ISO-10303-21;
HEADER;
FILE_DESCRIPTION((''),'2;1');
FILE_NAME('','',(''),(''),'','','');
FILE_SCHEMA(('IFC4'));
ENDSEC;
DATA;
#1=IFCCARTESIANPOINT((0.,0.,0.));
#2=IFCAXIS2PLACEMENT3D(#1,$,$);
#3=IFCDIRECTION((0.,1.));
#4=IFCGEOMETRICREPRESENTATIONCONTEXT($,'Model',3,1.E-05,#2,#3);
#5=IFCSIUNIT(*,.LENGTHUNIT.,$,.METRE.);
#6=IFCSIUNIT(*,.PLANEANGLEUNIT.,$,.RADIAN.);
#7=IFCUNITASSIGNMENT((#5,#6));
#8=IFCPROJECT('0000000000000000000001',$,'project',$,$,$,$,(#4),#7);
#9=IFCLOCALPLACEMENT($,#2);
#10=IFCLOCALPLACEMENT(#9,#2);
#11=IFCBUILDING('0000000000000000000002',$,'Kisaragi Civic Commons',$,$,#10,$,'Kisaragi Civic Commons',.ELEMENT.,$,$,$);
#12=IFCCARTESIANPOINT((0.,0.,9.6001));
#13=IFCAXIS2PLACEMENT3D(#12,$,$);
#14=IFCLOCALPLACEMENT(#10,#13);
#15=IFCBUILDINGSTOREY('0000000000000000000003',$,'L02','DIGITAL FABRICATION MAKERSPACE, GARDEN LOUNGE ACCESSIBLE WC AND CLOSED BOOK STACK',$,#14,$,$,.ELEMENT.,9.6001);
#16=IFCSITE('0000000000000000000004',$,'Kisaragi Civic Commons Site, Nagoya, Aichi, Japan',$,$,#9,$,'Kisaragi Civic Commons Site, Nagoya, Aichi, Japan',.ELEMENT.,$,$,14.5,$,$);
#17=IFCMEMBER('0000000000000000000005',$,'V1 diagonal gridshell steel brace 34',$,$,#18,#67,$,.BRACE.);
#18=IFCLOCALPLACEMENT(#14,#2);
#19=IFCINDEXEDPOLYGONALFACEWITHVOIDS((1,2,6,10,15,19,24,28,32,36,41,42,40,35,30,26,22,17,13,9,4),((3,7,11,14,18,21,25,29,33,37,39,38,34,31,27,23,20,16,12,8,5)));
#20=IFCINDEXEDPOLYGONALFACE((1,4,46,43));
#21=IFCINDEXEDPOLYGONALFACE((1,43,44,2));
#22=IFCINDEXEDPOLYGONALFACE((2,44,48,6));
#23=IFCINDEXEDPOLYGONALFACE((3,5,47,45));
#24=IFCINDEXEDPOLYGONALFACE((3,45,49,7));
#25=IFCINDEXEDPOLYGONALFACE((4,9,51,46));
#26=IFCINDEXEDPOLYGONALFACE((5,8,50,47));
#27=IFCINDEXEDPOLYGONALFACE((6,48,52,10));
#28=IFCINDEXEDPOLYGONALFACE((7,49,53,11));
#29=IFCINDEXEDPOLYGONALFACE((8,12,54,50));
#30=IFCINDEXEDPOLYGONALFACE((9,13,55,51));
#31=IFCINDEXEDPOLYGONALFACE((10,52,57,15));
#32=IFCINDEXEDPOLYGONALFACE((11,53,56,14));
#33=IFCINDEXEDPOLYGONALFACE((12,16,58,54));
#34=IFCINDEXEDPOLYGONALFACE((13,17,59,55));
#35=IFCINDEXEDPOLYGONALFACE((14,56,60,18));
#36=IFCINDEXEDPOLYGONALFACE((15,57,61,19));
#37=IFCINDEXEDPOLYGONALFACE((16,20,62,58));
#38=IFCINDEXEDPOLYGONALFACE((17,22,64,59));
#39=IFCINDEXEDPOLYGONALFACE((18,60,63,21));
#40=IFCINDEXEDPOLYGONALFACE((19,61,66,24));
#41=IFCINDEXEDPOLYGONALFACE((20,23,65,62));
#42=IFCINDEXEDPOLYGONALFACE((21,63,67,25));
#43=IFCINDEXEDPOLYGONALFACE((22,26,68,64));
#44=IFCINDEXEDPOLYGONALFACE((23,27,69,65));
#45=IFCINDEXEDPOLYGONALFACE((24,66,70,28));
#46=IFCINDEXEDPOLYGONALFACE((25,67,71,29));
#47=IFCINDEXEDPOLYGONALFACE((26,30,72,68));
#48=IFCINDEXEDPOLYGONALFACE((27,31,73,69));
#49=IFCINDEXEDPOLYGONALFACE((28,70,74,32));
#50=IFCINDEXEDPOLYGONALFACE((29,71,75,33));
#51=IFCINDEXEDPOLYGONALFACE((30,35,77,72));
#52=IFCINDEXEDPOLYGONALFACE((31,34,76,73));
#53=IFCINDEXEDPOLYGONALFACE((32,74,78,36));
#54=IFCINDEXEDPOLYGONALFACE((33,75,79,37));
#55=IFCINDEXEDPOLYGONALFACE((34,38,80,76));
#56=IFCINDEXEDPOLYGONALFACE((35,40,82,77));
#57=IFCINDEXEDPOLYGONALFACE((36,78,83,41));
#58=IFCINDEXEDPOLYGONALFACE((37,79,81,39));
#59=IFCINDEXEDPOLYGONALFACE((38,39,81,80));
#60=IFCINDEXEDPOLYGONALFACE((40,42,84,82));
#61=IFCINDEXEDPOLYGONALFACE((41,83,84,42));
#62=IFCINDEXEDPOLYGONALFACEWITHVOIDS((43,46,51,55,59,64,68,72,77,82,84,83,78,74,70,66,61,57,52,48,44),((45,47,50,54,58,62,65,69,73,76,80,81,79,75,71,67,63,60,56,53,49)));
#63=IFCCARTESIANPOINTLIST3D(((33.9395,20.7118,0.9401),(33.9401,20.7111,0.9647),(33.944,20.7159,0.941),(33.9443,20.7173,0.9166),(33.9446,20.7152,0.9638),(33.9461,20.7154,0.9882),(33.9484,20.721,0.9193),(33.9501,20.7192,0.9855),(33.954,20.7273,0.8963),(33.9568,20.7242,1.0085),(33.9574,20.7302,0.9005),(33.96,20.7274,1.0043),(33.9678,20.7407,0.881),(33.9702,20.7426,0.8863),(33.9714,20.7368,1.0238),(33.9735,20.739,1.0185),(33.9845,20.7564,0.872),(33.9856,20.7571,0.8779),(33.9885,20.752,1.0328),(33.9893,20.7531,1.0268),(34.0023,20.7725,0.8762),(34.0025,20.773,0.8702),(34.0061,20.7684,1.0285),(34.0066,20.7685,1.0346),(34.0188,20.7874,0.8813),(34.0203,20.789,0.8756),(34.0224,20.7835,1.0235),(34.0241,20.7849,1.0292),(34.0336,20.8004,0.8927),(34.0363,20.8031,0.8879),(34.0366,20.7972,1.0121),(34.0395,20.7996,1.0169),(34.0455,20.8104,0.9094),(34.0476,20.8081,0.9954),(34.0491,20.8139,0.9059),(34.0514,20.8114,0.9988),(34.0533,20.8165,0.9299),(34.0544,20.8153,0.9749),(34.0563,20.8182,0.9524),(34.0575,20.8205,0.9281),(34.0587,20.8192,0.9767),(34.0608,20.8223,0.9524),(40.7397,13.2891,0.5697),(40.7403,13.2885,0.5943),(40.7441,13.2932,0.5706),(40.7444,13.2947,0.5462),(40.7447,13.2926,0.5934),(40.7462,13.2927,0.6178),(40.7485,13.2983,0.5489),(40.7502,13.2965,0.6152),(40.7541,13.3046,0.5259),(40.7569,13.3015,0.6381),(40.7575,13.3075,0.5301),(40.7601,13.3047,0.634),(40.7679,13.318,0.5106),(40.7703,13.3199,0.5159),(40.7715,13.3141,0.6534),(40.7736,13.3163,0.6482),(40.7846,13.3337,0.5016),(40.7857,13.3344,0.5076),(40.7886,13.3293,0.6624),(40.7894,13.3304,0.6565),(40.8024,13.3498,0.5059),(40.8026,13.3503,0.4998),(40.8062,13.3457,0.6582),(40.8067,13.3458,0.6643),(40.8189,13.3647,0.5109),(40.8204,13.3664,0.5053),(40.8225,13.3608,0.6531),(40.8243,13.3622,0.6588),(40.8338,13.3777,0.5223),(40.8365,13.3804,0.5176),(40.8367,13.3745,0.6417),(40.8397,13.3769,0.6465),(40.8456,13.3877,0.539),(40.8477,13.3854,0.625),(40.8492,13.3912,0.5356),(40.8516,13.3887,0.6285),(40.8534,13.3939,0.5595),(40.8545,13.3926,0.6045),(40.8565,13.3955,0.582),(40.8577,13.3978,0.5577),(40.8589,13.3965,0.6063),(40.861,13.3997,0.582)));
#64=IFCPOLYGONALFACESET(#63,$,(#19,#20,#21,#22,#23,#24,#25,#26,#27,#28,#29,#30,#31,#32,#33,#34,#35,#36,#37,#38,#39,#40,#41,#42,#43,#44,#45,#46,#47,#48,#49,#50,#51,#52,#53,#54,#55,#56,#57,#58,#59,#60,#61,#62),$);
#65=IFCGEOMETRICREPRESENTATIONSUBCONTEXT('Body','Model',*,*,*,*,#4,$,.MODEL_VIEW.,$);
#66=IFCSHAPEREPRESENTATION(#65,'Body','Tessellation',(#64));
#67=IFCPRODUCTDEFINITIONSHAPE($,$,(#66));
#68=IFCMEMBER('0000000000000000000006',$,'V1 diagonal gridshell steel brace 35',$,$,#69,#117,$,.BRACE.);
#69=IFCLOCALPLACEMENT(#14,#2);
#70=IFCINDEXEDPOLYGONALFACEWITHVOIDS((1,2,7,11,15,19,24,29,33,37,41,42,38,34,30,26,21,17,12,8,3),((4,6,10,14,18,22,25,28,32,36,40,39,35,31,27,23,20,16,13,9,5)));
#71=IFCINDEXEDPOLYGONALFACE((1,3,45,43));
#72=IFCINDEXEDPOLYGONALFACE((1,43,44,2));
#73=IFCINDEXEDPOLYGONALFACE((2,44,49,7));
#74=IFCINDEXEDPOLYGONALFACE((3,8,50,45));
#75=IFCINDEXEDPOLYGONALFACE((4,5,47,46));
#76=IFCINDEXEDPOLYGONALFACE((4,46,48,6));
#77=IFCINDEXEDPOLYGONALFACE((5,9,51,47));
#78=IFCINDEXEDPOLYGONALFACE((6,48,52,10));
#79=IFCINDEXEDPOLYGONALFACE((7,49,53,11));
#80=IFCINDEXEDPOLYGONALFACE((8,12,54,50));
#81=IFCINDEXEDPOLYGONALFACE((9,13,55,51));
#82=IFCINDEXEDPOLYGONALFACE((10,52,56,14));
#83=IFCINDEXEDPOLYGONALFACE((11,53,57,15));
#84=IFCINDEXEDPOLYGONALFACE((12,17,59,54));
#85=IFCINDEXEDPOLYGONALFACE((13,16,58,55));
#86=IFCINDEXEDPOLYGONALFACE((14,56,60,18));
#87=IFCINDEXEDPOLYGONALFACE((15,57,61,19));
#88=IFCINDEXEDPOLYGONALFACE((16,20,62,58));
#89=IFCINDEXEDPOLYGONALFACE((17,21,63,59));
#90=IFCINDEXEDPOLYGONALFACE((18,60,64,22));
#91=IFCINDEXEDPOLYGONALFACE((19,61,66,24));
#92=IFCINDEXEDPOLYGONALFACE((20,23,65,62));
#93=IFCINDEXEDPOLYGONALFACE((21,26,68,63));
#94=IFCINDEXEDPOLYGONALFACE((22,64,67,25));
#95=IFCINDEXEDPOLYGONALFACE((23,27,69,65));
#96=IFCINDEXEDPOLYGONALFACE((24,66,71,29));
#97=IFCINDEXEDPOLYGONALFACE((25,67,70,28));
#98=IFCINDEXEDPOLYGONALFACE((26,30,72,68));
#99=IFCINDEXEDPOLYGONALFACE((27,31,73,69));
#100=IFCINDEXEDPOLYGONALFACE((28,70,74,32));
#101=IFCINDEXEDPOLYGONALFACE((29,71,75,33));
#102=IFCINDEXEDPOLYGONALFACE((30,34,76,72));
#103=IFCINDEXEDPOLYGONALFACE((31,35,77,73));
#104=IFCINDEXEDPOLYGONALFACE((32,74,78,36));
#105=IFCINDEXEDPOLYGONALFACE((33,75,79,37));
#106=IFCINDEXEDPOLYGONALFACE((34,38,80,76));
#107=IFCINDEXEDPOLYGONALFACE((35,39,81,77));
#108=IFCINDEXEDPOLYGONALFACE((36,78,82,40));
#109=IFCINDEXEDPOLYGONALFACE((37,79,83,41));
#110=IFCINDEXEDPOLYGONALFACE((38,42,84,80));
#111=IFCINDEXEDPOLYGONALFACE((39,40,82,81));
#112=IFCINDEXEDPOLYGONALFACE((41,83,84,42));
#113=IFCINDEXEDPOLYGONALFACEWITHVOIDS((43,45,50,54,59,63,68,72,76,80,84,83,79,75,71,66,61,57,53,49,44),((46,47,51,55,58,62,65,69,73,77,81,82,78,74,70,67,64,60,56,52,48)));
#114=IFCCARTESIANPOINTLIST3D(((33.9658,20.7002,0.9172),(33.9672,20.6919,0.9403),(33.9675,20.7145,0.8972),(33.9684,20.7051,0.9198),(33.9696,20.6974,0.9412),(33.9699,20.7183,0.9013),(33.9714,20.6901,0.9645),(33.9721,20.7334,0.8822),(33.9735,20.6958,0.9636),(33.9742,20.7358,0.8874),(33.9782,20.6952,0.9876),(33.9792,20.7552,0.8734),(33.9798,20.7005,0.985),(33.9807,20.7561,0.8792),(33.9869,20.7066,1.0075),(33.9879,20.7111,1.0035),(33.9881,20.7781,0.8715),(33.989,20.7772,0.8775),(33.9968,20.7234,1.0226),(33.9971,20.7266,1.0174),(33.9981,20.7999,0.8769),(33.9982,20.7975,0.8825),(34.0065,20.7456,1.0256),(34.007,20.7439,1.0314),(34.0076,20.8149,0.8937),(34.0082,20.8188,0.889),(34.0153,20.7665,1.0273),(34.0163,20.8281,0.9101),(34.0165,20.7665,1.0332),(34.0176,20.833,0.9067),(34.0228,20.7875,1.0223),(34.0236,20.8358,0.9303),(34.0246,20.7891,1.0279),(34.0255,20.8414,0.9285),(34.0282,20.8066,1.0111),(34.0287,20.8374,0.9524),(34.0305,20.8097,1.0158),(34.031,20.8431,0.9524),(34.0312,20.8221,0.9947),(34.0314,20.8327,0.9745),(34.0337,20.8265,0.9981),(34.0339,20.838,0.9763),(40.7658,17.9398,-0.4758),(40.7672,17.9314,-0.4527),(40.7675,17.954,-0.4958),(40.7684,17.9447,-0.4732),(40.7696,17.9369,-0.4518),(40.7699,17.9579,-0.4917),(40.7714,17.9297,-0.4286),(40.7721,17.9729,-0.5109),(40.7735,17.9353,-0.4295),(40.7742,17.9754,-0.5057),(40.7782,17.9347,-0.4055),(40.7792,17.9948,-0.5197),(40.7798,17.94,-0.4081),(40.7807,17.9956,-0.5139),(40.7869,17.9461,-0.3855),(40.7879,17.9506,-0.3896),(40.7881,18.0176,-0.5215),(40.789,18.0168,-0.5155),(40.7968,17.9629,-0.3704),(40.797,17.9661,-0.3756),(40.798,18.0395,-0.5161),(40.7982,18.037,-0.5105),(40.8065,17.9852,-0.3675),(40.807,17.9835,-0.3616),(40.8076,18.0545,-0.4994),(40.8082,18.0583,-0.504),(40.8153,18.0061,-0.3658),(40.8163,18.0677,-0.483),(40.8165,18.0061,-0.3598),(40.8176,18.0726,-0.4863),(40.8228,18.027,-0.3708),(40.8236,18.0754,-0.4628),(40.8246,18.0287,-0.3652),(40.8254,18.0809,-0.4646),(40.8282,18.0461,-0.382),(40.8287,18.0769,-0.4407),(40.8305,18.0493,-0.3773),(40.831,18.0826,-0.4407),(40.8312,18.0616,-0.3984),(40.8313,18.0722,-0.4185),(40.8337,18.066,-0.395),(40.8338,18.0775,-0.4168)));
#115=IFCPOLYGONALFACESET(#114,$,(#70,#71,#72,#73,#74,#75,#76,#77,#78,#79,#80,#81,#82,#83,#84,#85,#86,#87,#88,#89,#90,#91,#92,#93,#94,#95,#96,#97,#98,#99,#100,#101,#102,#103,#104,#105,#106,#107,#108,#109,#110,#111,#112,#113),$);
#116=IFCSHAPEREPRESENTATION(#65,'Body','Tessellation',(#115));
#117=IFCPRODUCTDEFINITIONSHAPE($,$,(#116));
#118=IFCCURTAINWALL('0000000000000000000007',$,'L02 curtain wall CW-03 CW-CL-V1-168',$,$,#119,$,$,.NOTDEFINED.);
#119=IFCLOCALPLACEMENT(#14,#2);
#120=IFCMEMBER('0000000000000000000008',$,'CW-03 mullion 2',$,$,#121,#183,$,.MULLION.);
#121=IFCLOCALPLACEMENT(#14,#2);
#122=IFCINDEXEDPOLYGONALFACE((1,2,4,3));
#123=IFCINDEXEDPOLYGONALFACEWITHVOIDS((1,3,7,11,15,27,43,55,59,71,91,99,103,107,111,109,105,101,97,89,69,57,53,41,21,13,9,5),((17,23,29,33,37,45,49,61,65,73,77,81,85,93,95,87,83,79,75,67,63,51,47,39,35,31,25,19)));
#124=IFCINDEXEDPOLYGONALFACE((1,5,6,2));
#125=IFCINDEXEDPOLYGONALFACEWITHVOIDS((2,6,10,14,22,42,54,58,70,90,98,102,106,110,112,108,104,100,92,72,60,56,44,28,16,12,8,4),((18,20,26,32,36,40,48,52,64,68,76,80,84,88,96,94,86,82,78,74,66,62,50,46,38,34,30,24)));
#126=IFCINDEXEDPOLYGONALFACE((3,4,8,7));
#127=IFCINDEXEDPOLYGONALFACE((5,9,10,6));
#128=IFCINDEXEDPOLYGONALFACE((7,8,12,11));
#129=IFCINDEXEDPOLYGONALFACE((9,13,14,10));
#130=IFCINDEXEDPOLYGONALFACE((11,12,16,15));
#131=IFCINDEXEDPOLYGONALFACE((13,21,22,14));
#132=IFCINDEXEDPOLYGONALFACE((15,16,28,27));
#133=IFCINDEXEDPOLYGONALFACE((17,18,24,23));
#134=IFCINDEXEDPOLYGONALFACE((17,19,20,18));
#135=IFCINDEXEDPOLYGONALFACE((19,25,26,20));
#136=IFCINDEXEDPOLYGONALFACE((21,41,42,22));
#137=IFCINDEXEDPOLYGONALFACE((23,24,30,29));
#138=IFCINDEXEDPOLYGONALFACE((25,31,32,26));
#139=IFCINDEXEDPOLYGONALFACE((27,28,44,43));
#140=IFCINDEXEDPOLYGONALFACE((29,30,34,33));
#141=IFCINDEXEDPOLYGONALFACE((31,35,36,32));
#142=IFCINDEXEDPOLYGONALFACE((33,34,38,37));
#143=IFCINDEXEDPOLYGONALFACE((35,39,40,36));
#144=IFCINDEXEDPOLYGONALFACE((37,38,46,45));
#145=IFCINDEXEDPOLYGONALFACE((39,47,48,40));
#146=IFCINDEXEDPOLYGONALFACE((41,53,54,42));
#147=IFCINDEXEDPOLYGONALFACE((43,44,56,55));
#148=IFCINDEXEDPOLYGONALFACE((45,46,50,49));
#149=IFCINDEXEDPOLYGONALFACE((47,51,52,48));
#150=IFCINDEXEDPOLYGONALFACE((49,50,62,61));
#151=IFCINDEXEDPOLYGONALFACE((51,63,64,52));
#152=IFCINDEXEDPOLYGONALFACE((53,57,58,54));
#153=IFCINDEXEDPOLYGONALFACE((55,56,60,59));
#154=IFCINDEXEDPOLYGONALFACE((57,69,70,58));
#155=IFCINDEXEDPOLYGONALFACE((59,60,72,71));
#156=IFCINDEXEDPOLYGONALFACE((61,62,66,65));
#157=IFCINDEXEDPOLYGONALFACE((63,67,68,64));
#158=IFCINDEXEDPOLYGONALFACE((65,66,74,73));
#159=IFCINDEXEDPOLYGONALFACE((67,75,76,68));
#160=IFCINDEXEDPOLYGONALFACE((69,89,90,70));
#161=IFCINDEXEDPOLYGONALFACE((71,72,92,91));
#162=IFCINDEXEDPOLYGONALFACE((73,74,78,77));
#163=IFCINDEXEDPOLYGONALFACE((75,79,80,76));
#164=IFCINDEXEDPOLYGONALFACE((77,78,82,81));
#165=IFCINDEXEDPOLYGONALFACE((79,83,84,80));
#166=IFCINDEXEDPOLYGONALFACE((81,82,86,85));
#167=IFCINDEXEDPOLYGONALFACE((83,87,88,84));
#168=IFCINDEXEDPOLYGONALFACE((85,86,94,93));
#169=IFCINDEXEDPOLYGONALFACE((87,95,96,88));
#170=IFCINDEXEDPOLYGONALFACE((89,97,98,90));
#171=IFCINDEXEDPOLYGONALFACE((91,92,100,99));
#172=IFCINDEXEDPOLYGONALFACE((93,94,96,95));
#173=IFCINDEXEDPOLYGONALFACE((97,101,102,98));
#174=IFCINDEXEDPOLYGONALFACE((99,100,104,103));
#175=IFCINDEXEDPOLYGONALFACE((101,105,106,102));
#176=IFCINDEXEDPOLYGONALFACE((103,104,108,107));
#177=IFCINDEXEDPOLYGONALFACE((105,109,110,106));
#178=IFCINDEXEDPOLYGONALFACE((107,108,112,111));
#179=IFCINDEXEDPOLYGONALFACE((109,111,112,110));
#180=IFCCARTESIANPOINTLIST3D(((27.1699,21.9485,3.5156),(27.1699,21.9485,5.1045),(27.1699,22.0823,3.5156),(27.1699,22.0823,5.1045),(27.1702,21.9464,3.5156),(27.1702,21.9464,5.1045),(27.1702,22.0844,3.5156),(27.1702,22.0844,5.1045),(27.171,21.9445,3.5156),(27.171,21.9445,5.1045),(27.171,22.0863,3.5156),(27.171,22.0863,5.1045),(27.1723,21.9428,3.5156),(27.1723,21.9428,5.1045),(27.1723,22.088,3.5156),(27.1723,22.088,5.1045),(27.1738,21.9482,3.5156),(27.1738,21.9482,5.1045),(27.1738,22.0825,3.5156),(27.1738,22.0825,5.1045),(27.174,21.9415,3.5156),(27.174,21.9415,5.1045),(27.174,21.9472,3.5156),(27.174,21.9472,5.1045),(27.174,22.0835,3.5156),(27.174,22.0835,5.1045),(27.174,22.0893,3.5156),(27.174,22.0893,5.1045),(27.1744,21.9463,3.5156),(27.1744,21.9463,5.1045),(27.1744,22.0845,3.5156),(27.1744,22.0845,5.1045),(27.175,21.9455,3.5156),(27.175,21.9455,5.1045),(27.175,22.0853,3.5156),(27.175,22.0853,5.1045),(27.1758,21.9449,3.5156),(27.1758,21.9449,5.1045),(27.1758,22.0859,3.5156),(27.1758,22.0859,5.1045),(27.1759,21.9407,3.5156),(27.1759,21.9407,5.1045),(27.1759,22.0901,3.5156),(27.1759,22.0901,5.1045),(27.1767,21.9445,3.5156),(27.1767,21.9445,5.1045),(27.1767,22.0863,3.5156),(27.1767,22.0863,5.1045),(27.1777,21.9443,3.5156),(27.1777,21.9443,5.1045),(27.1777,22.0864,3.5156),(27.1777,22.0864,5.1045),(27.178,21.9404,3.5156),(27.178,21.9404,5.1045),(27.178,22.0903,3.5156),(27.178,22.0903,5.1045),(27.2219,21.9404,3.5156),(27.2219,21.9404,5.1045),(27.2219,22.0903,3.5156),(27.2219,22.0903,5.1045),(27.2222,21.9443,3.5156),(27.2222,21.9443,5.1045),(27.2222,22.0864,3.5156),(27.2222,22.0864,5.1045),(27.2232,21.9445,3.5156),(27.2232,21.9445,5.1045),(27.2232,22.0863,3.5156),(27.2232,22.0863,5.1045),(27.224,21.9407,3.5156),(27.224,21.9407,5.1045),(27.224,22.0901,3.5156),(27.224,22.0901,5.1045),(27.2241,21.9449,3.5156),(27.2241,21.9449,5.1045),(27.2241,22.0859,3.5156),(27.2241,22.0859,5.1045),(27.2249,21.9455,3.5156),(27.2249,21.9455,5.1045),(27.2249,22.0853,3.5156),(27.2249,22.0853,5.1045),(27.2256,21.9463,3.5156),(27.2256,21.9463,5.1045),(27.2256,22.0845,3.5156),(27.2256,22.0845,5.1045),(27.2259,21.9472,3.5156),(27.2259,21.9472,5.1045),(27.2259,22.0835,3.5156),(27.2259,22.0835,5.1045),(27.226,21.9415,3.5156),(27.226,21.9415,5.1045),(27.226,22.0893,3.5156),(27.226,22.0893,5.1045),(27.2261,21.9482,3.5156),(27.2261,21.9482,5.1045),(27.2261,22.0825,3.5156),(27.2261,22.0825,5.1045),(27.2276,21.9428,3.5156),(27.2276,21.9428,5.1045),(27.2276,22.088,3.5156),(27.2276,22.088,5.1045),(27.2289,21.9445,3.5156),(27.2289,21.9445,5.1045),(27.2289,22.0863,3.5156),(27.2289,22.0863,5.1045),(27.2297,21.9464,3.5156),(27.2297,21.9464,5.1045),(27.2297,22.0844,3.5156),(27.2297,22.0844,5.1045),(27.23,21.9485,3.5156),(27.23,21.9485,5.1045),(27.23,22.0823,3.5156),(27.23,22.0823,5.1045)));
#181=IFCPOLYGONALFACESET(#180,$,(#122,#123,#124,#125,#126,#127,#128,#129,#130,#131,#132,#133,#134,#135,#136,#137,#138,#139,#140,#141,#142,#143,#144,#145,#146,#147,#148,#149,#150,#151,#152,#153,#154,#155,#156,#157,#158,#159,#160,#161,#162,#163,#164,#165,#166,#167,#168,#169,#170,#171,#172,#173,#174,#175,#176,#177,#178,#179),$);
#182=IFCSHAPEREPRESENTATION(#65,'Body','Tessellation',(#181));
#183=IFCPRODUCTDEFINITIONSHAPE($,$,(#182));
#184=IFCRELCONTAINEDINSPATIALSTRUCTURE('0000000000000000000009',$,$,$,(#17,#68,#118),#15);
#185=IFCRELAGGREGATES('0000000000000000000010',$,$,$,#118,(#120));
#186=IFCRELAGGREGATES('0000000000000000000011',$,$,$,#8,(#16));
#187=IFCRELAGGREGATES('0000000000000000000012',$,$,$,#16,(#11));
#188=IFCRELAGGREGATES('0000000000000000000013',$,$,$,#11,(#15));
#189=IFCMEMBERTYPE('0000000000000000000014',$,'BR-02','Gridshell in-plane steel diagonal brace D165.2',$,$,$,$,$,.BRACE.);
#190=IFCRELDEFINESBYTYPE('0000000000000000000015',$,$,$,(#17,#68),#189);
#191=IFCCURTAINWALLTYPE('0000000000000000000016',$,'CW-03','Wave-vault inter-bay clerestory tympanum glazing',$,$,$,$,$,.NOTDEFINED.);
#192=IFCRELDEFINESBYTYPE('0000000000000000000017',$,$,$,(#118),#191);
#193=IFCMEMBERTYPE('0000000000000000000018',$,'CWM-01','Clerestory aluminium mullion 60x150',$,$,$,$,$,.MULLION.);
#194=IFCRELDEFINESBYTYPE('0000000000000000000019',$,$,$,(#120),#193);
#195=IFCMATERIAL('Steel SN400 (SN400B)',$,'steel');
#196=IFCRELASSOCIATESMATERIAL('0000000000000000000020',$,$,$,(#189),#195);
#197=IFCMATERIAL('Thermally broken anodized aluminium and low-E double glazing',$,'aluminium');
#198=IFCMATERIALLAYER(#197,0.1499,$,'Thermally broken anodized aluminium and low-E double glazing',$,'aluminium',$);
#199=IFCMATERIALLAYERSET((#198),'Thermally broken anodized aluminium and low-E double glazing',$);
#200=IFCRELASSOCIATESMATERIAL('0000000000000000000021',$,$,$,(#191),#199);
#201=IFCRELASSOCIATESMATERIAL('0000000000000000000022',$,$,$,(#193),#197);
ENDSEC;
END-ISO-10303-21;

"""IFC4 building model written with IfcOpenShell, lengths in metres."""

from ifc_helpers import new_model, si_unit, direction, frame, origin, origin_2d, place, context, subcontext, project, spatial, hollow_rectangle, hollow_circle, extrude, material, layer, layer_set, material_profile, profile_set, type_object, element, aggregate, save


model = new_model("IFC4")

# Units and contexts
model_context = context("Model", 3, precision=1e-05, world=origin(), true_north=direction((0.0, 1.0)))
body_context = subcontext(model_context, "Body", "Model", "MODEL_VIEW")
ifc_project = project(units=[si_unit("LENGTHUNIT", "METRE"), si_unit("PLANEANGLEUNIT", "RADIAN")], contexts=[model_context])

# Site, building, storey
site_placement = place(None, origin())
site = spatial("IfcSite", under=ifc_project, at=site_placement, Name="Kisaragi Civic Commons Site, Nagoya, Aichi, Japan", LongName="Kisaragi Civic Commons Site, Nagoya, Aichi, Japan", CompositionType="ELEMENT", RefElevation=14.5)
building_placement = place(site_placement, origin())
building = spatial("IfcBuilding", under=site, at=building_placement, Name="Kisaragi Civic Commons", LongName="Kisaragi Civic Commons", CompositionType="ELEMENT")
storey_placement = place(building_placement, frame((0.0, 0.0, 9.6001)))
storey = spatial("IfcBuildingStorey", under=building, at=storey_placement, Name="L02", Description="DIGITAL FABRICATION MAKERSPACE, GARDEN LOUNGE ACCESSIBLE WC AND CLOSED BOOK STACK", CompositionType="ELEMENT", Elevation=9.6001)

# Members
ifc_material_1 = material(Name="Steel SN400 (SN400B)", Category="steel")
ifc_material_profile_1 = material_profile(ifc_material_1, hollow_circle(Radius=0.0825, WallThickness=0.0061, at=origin_2d()), Name="CHS-165.2x6.0", Category="steel")
ifc_profile_set_1 = profile_set([ifc_material_profile_1], Name="Steel SN400 (SN400B)")
member_type_1 = type_object("IfcMemberType", Name="BR-02", Description="Gridshell in-plane steel diagonal brace D165.2", PredefinedType="BRACE", material=ifc_profile_set_1)
member_1_placement = place(storey_placement, frame((34.0, 20.7666, 0.9524), z_axis=(0.675052, -0.736854, -0.036766), x_axis=(0.737352, 0.675508, 0.0)))
element("IfcMember", 1, at=member_1_placement, inside=storey, type_object=member_type_1, Name="V1 diagonal gridshell steel brace 34", PredefinedType="BRACE", context=body_context, shape_type="SweptSolid", body=[
    extrude(hollow_circle(Radius=0.0825, WallThickness=0.0061, at=origin_2d()), origin(), (0.0, 0.0, 1.0), 10.0735),
])
member_2_placement = place(storey_placement, frame((34.0, 20.7666, 0.9524), z_axis=(0.910308, -0.369542, -0.186487), x_axis=(0.376141, 0.926563, 0.0)))
element("IfcMember", 2, at=member_2_placement, inside=storey, type_object=member_type_1, Name="V1 diagonal gridshell steel brace 35", PredefinedType="BRACE", context=body_context, shape_type="SweptSolid", body=[
    extrude(hollow_circle(Radius=0.0825, WallThickness=0.0061, at=origin_2d()), origin(), (0.0, 0.0, 1.0), 7.47),
])

# Curtain wall, member
ifc_material_2 = material(Name="Thermally broken anodized aluminium and low-E double glazing", Category="aluminium")
ifc_layer_1 = layer(ifc_material_2, 0.1499, Name="Thermally broken anodized aluminium and low-E double glazing", Category="aluminium")
ifc_layer_set_1 = layer_set([ifc_layer_1], Name="Thermally broken anodized aluminium and low-E double glazing")
curtain_wall_type = type_object("IfcCurtainWallType", Name="CW-03", Description="Wave-vault inter-bay clerestory tympanum glazing", PredefinedType="NOTDEFINED", material=ifc_layer_set_1)
curtain_wall_placement = place(storey_placement, origin())
curtain_wall = element("IfcCurtainWall", 3, at=curtain_wall_placement, inside=storey, type_object=curtain_wall_type, Name="L02 curtain wall CW-03 CW-CL-V1-168", PredefinedType="NOTDEFINED")
ifc_material_profile_2 = material_profile(ifc_material_2, hollow_rectangle(XDim=0.0601, YDim=0.1499, WallThickness=0.0039, InnerFilletRadius=0.0039, OuterFilletRadius=0.0081, at=origin_2d()), Name="CWM-60x150x4", Category="aluminium")
ifc_profile_set_2 = profile_set([ifc_material_profile_2], Name="Thermally broken anodized aluminium and low-E double glazing")
member_type_2 = type_object("IfcMemberType", Name="CWM-01", Description="Clerestory aluminium mullion 60x150", PredefinedType="MULLION", material=ifc_profile_set_2)
member_3_placement = place(storey_placement, frame((27.2, 22.0154, 3.5156), z_axis=(0.0, 0.0, 1.0), x_axis=(-1.0, 0.0, 0.0)))
member_3 = element("IfcMember", 4, at=member_3_placement, type_object=member_type_2, Name="CW-03 mullion 2", PredefinedType="MULLION", context=body_context, shape_type="SweptSolid", body=[
    extrude(hollow_rectangle(XDim=0.0601, YDim=0.1499, WallThickness=0.0039, InnerFilletRadius=0.0039, OuterFilletRadius=0.0081, at=origin_2d()), origin(), (0.0, 0.0, 1.0), 1.5889),
])

aggregate(curtain_wall, [member_3])

save(model, "model.ifc")
